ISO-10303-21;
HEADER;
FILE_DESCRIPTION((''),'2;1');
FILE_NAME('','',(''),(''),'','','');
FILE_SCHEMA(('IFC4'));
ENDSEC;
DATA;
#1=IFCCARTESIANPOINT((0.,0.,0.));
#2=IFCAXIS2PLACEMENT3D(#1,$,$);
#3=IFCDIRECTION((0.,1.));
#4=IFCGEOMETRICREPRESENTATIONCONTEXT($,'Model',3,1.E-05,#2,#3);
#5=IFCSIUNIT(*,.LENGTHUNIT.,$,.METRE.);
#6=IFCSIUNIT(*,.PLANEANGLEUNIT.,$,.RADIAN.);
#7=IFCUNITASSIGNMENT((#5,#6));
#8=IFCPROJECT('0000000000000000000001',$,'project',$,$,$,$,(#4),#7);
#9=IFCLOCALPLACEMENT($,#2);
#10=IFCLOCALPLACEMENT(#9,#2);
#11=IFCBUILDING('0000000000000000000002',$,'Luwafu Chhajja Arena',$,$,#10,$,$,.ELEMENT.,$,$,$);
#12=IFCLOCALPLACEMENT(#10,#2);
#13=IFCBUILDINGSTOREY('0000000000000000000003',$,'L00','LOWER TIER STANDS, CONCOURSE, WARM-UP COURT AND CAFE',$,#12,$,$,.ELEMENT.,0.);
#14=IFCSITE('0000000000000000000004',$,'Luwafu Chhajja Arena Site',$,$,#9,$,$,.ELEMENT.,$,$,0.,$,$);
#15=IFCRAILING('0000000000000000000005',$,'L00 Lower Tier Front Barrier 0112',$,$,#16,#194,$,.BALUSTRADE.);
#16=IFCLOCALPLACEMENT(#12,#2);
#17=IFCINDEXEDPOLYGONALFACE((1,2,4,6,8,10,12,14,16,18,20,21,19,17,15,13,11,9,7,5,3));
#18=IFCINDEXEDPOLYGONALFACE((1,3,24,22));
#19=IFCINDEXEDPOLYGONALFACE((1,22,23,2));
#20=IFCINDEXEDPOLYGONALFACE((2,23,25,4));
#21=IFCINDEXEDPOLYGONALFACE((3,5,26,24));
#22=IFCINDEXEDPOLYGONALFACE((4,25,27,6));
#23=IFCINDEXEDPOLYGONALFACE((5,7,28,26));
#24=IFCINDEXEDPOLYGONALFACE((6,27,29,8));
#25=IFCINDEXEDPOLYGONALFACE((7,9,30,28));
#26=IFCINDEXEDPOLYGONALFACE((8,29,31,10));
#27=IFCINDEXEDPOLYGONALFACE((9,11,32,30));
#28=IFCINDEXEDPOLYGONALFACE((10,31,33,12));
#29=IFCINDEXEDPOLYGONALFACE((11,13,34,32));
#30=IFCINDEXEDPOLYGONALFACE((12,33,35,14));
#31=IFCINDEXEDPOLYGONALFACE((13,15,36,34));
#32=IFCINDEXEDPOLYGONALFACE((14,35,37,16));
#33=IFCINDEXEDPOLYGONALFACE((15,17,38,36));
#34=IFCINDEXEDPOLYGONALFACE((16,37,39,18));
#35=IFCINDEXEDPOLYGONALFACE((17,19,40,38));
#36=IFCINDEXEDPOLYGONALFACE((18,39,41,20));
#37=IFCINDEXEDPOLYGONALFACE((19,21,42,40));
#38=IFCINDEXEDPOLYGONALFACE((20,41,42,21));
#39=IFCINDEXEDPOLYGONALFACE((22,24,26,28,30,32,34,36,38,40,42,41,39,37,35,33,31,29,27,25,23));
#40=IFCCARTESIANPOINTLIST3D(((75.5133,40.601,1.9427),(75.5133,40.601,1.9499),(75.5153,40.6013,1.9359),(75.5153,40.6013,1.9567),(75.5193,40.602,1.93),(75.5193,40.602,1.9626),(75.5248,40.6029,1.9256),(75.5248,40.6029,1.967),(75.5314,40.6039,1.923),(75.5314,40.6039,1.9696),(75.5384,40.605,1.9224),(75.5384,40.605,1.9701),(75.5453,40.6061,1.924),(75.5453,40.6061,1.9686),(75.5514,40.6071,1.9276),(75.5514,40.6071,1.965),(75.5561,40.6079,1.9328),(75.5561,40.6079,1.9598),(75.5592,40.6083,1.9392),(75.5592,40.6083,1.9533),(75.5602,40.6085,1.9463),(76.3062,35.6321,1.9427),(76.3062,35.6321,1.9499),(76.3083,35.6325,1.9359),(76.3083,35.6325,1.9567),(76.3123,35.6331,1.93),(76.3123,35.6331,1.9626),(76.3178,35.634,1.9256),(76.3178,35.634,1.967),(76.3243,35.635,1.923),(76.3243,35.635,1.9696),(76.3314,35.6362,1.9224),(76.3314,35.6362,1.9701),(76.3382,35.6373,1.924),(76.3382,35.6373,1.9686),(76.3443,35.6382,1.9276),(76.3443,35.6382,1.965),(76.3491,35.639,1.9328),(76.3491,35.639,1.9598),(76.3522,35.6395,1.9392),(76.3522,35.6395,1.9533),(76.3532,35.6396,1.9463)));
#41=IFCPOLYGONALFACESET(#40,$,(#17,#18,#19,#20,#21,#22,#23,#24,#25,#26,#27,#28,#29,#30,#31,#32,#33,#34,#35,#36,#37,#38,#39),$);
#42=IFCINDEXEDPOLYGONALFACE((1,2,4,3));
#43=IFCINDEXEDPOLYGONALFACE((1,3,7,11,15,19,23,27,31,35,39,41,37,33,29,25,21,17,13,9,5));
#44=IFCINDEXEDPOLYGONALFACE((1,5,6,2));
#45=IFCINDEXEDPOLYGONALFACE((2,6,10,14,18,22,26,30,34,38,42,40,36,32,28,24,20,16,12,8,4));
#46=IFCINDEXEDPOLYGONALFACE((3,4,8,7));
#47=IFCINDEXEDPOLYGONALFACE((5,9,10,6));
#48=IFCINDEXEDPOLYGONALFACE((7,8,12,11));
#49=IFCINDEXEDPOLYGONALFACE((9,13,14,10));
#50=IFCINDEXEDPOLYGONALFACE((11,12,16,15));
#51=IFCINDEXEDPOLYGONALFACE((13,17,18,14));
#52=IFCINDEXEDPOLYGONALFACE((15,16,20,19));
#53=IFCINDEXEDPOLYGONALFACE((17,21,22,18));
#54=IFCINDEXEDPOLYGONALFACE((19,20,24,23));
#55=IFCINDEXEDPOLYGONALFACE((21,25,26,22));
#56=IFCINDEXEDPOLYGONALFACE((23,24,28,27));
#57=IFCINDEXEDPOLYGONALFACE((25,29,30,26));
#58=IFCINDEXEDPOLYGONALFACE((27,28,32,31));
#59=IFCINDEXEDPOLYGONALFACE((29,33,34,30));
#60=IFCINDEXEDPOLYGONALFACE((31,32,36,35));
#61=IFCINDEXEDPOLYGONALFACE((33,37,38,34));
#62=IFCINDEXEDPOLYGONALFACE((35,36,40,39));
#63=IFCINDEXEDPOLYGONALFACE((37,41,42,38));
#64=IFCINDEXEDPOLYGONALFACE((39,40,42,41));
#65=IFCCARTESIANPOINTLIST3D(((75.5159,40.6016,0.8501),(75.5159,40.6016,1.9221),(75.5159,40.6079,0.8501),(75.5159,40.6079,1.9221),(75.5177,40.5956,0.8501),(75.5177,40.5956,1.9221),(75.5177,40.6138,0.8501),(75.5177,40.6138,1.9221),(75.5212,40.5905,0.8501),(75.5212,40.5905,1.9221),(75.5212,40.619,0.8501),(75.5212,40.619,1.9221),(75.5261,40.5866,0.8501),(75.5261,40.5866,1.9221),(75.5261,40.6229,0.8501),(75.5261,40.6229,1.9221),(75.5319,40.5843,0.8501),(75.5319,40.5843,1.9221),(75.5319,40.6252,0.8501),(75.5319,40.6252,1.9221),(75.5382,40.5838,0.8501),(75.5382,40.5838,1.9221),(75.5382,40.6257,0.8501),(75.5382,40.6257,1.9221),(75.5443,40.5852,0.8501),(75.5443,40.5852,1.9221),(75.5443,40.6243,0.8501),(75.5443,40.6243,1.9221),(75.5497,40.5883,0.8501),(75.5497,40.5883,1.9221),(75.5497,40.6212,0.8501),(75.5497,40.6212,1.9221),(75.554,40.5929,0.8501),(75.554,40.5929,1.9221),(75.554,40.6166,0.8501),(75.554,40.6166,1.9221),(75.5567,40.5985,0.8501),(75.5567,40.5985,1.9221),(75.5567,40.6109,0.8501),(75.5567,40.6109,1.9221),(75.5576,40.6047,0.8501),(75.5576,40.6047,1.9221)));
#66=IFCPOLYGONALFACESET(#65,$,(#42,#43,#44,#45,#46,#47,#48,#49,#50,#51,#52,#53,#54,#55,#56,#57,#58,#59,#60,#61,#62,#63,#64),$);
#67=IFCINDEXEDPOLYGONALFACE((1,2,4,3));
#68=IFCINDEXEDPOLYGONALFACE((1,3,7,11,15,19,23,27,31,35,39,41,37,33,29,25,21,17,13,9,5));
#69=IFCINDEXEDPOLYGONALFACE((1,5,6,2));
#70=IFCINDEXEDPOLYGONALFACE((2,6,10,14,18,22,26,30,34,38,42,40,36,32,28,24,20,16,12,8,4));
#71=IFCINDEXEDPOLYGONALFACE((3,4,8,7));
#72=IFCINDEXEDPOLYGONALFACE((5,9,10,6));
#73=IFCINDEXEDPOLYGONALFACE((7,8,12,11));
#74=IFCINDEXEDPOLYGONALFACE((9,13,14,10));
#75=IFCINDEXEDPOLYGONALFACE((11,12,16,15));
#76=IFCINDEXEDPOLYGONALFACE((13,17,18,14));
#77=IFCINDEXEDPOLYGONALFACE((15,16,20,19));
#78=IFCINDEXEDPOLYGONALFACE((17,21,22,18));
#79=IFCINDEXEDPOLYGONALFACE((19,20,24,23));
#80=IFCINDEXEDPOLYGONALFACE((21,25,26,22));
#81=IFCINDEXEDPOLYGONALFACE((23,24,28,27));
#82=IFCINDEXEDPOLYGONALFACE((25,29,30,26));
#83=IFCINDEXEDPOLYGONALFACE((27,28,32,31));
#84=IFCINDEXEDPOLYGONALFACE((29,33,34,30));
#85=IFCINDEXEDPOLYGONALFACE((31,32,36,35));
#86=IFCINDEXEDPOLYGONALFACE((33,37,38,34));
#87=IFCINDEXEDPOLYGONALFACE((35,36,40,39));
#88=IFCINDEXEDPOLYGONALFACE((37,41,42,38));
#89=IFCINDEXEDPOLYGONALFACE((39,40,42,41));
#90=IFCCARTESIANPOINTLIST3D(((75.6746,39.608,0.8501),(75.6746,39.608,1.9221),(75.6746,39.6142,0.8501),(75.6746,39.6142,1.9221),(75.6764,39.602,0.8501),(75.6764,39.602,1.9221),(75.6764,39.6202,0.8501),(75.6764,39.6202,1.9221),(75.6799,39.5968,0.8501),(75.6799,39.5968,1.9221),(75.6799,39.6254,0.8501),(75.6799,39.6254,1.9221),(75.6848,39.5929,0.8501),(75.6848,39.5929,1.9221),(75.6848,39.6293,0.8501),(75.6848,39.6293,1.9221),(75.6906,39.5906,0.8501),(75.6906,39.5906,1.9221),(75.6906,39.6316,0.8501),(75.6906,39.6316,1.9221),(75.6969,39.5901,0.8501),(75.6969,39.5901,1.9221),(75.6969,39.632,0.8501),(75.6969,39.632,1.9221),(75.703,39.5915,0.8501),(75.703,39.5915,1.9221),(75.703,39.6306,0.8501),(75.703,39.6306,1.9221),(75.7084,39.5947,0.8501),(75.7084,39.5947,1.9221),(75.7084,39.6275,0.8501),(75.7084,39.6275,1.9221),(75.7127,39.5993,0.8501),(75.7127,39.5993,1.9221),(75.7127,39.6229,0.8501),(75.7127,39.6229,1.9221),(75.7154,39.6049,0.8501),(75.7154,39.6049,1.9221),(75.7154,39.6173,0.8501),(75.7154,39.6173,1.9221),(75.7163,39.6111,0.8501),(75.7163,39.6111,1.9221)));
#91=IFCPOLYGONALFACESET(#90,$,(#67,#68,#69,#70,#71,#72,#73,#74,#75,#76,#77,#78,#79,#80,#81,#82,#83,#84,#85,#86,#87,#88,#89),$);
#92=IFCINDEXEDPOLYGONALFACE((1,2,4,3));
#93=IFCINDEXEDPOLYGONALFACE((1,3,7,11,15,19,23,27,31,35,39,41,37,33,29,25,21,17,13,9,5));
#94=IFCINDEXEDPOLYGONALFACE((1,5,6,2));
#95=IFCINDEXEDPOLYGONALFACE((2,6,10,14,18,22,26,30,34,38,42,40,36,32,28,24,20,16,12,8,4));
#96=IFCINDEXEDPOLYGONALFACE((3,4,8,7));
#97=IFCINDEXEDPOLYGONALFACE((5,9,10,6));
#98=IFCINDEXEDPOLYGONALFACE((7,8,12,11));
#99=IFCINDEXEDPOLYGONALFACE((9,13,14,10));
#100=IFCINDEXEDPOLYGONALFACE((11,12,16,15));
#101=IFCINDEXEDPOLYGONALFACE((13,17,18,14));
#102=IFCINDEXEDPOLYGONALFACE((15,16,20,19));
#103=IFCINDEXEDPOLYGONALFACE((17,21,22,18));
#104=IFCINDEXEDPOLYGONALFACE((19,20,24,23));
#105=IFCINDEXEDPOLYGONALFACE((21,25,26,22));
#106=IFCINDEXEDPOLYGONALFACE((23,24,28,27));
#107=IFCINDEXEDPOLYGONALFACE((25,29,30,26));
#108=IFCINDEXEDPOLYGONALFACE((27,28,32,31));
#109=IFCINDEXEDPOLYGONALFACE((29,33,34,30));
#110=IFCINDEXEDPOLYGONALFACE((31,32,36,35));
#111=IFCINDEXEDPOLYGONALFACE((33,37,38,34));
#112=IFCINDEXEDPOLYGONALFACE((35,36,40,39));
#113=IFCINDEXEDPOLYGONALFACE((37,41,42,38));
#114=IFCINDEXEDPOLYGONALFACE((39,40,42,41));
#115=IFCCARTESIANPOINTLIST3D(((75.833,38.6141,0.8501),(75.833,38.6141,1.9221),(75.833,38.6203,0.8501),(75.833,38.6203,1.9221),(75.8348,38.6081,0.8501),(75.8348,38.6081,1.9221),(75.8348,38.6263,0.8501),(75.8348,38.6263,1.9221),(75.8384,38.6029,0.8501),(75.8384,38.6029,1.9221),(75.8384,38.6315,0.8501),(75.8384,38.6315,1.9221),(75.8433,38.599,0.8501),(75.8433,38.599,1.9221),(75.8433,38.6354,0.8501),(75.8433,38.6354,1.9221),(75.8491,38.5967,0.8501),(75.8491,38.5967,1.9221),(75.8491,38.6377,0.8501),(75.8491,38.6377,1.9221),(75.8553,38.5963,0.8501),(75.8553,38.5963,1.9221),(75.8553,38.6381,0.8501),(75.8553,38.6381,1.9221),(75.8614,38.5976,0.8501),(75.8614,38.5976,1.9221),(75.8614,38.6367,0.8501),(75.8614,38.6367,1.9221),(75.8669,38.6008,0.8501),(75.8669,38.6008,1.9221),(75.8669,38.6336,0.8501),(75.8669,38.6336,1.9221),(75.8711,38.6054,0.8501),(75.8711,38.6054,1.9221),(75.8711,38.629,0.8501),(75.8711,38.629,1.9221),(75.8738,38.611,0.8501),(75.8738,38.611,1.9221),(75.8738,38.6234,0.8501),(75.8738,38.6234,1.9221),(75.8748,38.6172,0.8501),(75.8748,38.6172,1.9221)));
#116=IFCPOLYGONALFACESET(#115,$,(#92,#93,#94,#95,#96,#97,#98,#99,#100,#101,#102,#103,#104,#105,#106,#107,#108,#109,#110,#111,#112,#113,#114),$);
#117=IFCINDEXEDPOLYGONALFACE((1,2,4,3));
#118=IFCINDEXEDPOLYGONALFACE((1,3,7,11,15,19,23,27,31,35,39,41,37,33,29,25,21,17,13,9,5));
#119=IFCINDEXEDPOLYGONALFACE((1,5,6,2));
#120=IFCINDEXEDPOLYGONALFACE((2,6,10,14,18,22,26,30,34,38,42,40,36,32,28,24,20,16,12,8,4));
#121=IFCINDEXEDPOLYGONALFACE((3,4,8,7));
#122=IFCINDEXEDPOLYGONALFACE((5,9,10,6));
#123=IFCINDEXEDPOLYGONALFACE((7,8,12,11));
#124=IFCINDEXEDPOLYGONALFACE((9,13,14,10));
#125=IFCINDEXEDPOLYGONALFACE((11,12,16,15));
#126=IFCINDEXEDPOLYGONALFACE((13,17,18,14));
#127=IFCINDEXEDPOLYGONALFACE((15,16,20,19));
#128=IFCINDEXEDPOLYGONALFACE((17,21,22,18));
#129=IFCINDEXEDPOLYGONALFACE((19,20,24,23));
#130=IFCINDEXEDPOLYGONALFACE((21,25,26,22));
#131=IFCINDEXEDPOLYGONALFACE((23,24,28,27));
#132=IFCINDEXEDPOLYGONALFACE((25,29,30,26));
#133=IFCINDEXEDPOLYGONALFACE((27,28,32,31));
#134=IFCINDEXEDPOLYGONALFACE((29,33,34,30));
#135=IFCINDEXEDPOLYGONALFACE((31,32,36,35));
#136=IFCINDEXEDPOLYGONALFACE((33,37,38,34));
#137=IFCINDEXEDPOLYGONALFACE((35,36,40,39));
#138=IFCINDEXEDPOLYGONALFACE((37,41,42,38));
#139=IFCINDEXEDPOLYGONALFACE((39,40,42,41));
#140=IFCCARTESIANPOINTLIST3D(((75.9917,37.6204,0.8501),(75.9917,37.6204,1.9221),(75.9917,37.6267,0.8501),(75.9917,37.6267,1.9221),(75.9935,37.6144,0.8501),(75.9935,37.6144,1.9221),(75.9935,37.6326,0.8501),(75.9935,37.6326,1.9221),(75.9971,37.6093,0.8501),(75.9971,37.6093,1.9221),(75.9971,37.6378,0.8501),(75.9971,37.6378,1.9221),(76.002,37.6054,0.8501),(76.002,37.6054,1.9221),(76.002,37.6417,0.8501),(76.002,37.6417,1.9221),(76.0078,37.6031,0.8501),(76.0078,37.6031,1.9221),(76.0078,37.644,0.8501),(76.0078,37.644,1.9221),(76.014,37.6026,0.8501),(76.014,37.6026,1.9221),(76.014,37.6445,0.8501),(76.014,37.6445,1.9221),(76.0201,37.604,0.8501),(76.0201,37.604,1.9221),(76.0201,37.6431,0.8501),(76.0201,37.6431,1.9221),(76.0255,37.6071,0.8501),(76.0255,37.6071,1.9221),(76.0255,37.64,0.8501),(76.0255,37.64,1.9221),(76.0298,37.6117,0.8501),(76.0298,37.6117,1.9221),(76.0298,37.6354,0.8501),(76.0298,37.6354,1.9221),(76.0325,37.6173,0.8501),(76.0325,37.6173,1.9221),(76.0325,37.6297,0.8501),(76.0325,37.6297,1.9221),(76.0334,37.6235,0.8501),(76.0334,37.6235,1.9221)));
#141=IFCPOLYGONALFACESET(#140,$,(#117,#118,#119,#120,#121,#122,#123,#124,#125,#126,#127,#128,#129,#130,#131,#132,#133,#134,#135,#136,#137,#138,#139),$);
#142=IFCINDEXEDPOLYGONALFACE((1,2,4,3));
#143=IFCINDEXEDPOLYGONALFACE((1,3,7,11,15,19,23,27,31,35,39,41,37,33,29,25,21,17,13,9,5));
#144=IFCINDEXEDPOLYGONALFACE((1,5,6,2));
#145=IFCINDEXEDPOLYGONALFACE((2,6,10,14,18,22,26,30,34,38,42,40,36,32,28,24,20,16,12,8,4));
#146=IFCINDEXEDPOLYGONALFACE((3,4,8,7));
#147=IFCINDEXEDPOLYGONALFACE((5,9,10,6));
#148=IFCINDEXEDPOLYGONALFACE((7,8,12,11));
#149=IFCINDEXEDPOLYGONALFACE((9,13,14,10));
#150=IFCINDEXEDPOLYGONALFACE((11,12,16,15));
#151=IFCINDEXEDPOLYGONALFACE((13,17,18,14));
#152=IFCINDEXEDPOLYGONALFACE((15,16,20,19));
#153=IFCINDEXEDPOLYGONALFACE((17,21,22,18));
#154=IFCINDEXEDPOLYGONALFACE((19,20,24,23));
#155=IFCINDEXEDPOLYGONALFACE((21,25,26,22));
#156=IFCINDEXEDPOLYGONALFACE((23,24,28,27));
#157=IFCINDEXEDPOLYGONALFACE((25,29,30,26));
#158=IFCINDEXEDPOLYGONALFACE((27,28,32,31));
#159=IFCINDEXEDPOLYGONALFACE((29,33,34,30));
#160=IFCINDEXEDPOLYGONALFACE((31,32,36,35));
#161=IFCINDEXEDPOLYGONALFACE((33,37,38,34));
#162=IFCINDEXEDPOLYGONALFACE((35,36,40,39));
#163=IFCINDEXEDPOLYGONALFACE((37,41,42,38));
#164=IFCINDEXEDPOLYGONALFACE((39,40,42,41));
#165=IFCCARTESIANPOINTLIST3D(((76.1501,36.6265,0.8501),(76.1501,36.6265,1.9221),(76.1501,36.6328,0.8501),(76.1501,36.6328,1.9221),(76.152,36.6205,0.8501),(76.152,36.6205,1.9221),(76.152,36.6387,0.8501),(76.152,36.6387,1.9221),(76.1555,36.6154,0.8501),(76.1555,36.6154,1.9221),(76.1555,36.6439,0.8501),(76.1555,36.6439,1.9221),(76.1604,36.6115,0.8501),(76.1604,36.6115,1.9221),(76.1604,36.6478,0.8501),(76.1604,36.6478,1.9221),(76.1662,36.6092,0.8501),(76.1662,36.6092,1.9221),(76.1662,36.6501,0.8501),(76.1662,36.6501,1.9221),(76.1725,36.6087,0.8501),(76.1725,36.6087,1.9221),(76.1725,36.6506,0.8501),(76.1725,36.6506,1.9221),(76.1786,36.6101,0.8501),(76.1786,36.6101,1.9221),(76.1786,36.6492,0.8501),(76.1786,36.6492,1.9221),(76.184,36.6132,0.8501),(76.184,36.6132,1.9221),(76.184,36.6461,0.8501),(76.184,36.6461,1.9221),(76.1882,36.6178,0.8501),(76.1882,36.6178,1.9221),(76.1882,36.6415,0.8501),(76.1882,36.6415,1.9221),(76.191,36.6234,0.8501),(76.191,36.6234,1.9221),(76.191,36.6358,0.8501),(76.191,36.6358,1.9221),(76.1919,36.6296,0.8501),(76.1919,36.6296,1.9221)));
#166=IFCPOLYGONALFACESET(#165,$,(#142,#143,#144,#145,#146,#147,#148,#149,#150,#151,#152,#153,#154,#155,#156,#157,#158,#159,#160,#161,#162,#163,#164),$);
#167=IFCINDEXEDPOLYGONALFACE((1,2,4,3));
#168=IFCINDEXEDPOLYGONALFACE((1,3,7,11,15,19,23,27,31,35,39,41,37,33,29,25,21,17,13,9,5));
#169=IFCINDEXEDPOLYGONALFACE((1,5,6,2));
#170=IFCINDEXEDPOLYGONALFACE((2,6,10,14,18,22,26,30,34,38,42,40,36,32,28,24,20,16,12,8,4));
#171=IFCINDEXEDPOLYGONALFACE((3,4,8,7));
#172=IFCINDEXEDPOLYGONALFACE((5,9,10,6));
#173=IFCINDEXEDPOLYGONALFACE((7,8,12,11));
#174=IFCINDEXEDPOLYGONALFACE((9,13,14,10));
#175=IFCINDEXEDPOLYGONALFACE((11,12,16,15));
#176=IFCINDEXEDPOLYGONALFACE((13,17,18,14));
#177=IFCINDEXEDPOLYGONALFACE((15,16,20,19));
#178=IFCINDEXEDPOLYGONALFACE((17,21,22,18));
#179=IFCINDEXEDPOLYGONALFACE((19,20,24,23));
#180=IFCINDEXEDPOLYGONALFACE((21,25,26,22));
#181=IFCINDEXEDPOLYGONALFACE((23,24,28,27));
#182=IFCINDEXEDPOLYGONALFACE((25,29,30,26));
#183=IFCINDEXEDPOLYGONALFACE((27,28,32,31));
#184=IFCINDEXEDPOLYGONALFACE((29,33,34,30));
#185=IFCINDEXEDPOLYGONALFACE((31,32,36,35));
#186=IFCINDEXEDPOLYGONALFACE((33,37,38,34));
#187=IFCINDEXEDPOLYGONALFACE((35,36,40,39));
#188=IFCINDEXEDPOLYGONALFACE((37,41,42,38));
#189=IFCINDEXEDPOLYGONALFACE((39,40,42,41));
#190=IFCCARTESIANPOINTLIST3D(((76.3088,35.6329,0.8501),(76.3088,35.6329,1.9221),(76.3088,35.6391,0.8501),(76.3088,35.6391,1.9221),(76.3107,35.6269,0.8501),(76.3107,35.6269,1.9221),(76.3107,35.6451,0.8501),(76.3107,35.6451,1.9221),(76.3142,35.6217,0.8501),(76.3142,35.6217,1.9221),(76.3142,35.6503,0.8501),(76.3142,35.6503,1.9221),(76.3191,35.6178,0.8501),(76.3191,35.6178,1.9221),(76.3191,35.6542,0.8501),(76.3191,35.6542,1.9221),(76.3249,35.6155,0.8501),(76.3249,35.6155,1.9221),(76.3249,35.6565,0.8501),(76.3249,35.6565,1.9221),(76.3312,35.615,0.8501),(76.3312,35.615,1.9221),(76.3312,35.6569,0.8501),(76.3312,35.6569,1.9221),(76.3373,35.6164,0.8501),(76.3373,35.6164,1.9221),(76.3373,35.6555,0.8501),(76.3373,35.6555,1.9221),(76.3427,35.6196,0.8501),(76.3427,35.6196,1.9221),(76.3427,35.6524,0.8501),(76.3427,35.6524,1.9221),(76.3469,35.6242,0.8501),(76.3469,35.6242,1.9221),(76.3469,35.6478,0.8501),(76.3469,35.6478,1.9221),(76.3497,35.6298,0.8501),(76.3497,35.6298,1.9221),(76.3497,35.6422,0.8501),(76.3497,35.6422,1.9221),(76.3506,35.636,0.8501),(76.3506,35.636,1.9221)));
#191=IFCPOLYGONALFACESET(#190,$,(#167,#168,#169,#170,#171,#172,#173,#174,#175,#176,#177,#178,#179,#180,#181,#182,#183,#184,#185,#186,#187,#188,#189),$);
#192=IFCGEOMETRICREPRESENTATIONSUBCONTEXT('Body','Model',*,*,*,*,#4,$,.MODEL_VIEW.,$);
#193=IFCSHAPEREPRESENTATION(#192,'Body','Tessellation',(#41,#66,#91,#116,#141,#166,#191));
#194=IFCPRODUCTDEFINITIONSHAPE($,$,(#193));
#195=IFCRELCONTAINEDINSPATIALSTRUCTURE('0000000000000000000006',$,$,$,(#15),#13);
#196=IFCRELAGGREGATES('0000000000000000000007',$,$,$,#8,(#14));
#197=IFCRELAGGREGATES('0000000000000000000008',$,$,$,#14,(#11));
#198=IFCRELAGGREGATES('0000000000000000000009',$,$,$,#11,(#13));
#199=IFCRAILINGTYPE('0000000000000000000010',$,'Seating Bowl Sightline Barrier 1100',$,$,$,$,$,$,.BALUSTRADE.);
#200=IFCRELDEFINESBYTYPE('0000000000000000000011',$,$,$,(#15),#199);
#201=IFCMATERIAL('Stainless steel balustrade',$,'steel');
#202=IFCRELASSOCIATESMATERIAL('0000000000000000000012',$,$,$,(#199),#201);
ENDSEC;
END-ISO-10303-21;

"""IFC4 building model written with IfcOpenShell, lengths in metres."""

from ifc_helpers import new_model, si_unit, direction, frame, origin, origin_2d, place, context, subcontext, project, spatial, circle, extrude, material, type_object, element, save


model = new_model("IFC4")

# Units and contexts
model_context = context("Model", 3, precision=1e-05, world=origin(), true_north=direction((0.0, 1.0)))
body_context = subcontext(model_context, "Body", "Model", "MODEL_VIEW")
ifc_project = project(units=[si_unit("LENGTHUNIT", "METRE"), si_unit("PLANEANGLEUNIT", "RADIAN")], contexts=[model_context])

# Site, building, storey
site_placement = place(None, origin())
site = spatial("IfcSite", under=ifc_project, at=site_placement, Name="Luwafu Chhajja Arena Site", CompositionType="ELEMENT", RefElevation=0.0)
building_placement = place(site_placement, origin())
building = spatial("IfcBuilding", under=site, at=building_placement, Name="Luwafu Chhajja Arena", CompositionType="ELEMENT")
storey_placement = place(building_placement, origin())
storey = spatial("IfcBuildingStorey", under=building, at=storey_placement, Name="L00", Description="LOWER TIER STANDS, CONCOURSE, WARM-UP COURT AND CAFE", CompositionType="ELEMENT", Elevation=0.0)

# Railing
ifc_material_1 = material(Name="Stainless steel balustrade", Category="steel")
railing_type = type_object("IfcRailingType", Name="Seating Bowl Sightline Barrier 1100", PredefinedType="BALUSTRADE", material=ifc_material_1)
railing_1_placement = place(storey_placement, frame((75.5366, 40.6047, 0.8501)))
element("IfcRailing", 1, at=railing_1_placement, inside=storey, type_object=railing_type, Name="L00 Lower Tier Front Barrier 0112", PredefinedType="BALUSTRADE", context=body_context, shape_type="SweptSolid", body=[
    extrude(circle(Radius=0.0239, at=origin_2d()), frame((0.0, 0.0, 1.0962), z_axis=(0.157597, -0.987504, 0.0), x_axis=(0.987504, 0.157597, 0.0)), (0.0, 0.0, 1.0), 5.0317),
    extrude(circle(Radius=0.021, at=origin_2d()), origin(), (0.0, 0.0, 1.0), 1.072),
    extrude(circle(Radius=0.021, at=origin_2d()), frame((0.1587, -0.9937, 0.0)), (0.0, 0.0, 1.0), 1.072),
    extrude(circle(Radius=0.021, at=origin_2d()), frame((0.3171, -1.9875, 0.0)), (0.0, 0.0, 1.0), 1.072),
    extrude(circle(Radius=0.021, at=origin_2d()), frame((0.4758, -2.9812, 0.0)), (0.0, 0.0, 1.0), 1.072),
    extrude(circle(Radius=0.021, at=origin_2d()), frame((0.6343, -3.9751, 0.0)), (0.0, 0.0, 1.0), 1.072),
    extrude(circle(Radius=0.021, at=origin_2d()), frame((0.793, -4.9688, 0.0)), (0.0, 0.0, 1.0), 1.072),
])

save(model, "model.ifc")
